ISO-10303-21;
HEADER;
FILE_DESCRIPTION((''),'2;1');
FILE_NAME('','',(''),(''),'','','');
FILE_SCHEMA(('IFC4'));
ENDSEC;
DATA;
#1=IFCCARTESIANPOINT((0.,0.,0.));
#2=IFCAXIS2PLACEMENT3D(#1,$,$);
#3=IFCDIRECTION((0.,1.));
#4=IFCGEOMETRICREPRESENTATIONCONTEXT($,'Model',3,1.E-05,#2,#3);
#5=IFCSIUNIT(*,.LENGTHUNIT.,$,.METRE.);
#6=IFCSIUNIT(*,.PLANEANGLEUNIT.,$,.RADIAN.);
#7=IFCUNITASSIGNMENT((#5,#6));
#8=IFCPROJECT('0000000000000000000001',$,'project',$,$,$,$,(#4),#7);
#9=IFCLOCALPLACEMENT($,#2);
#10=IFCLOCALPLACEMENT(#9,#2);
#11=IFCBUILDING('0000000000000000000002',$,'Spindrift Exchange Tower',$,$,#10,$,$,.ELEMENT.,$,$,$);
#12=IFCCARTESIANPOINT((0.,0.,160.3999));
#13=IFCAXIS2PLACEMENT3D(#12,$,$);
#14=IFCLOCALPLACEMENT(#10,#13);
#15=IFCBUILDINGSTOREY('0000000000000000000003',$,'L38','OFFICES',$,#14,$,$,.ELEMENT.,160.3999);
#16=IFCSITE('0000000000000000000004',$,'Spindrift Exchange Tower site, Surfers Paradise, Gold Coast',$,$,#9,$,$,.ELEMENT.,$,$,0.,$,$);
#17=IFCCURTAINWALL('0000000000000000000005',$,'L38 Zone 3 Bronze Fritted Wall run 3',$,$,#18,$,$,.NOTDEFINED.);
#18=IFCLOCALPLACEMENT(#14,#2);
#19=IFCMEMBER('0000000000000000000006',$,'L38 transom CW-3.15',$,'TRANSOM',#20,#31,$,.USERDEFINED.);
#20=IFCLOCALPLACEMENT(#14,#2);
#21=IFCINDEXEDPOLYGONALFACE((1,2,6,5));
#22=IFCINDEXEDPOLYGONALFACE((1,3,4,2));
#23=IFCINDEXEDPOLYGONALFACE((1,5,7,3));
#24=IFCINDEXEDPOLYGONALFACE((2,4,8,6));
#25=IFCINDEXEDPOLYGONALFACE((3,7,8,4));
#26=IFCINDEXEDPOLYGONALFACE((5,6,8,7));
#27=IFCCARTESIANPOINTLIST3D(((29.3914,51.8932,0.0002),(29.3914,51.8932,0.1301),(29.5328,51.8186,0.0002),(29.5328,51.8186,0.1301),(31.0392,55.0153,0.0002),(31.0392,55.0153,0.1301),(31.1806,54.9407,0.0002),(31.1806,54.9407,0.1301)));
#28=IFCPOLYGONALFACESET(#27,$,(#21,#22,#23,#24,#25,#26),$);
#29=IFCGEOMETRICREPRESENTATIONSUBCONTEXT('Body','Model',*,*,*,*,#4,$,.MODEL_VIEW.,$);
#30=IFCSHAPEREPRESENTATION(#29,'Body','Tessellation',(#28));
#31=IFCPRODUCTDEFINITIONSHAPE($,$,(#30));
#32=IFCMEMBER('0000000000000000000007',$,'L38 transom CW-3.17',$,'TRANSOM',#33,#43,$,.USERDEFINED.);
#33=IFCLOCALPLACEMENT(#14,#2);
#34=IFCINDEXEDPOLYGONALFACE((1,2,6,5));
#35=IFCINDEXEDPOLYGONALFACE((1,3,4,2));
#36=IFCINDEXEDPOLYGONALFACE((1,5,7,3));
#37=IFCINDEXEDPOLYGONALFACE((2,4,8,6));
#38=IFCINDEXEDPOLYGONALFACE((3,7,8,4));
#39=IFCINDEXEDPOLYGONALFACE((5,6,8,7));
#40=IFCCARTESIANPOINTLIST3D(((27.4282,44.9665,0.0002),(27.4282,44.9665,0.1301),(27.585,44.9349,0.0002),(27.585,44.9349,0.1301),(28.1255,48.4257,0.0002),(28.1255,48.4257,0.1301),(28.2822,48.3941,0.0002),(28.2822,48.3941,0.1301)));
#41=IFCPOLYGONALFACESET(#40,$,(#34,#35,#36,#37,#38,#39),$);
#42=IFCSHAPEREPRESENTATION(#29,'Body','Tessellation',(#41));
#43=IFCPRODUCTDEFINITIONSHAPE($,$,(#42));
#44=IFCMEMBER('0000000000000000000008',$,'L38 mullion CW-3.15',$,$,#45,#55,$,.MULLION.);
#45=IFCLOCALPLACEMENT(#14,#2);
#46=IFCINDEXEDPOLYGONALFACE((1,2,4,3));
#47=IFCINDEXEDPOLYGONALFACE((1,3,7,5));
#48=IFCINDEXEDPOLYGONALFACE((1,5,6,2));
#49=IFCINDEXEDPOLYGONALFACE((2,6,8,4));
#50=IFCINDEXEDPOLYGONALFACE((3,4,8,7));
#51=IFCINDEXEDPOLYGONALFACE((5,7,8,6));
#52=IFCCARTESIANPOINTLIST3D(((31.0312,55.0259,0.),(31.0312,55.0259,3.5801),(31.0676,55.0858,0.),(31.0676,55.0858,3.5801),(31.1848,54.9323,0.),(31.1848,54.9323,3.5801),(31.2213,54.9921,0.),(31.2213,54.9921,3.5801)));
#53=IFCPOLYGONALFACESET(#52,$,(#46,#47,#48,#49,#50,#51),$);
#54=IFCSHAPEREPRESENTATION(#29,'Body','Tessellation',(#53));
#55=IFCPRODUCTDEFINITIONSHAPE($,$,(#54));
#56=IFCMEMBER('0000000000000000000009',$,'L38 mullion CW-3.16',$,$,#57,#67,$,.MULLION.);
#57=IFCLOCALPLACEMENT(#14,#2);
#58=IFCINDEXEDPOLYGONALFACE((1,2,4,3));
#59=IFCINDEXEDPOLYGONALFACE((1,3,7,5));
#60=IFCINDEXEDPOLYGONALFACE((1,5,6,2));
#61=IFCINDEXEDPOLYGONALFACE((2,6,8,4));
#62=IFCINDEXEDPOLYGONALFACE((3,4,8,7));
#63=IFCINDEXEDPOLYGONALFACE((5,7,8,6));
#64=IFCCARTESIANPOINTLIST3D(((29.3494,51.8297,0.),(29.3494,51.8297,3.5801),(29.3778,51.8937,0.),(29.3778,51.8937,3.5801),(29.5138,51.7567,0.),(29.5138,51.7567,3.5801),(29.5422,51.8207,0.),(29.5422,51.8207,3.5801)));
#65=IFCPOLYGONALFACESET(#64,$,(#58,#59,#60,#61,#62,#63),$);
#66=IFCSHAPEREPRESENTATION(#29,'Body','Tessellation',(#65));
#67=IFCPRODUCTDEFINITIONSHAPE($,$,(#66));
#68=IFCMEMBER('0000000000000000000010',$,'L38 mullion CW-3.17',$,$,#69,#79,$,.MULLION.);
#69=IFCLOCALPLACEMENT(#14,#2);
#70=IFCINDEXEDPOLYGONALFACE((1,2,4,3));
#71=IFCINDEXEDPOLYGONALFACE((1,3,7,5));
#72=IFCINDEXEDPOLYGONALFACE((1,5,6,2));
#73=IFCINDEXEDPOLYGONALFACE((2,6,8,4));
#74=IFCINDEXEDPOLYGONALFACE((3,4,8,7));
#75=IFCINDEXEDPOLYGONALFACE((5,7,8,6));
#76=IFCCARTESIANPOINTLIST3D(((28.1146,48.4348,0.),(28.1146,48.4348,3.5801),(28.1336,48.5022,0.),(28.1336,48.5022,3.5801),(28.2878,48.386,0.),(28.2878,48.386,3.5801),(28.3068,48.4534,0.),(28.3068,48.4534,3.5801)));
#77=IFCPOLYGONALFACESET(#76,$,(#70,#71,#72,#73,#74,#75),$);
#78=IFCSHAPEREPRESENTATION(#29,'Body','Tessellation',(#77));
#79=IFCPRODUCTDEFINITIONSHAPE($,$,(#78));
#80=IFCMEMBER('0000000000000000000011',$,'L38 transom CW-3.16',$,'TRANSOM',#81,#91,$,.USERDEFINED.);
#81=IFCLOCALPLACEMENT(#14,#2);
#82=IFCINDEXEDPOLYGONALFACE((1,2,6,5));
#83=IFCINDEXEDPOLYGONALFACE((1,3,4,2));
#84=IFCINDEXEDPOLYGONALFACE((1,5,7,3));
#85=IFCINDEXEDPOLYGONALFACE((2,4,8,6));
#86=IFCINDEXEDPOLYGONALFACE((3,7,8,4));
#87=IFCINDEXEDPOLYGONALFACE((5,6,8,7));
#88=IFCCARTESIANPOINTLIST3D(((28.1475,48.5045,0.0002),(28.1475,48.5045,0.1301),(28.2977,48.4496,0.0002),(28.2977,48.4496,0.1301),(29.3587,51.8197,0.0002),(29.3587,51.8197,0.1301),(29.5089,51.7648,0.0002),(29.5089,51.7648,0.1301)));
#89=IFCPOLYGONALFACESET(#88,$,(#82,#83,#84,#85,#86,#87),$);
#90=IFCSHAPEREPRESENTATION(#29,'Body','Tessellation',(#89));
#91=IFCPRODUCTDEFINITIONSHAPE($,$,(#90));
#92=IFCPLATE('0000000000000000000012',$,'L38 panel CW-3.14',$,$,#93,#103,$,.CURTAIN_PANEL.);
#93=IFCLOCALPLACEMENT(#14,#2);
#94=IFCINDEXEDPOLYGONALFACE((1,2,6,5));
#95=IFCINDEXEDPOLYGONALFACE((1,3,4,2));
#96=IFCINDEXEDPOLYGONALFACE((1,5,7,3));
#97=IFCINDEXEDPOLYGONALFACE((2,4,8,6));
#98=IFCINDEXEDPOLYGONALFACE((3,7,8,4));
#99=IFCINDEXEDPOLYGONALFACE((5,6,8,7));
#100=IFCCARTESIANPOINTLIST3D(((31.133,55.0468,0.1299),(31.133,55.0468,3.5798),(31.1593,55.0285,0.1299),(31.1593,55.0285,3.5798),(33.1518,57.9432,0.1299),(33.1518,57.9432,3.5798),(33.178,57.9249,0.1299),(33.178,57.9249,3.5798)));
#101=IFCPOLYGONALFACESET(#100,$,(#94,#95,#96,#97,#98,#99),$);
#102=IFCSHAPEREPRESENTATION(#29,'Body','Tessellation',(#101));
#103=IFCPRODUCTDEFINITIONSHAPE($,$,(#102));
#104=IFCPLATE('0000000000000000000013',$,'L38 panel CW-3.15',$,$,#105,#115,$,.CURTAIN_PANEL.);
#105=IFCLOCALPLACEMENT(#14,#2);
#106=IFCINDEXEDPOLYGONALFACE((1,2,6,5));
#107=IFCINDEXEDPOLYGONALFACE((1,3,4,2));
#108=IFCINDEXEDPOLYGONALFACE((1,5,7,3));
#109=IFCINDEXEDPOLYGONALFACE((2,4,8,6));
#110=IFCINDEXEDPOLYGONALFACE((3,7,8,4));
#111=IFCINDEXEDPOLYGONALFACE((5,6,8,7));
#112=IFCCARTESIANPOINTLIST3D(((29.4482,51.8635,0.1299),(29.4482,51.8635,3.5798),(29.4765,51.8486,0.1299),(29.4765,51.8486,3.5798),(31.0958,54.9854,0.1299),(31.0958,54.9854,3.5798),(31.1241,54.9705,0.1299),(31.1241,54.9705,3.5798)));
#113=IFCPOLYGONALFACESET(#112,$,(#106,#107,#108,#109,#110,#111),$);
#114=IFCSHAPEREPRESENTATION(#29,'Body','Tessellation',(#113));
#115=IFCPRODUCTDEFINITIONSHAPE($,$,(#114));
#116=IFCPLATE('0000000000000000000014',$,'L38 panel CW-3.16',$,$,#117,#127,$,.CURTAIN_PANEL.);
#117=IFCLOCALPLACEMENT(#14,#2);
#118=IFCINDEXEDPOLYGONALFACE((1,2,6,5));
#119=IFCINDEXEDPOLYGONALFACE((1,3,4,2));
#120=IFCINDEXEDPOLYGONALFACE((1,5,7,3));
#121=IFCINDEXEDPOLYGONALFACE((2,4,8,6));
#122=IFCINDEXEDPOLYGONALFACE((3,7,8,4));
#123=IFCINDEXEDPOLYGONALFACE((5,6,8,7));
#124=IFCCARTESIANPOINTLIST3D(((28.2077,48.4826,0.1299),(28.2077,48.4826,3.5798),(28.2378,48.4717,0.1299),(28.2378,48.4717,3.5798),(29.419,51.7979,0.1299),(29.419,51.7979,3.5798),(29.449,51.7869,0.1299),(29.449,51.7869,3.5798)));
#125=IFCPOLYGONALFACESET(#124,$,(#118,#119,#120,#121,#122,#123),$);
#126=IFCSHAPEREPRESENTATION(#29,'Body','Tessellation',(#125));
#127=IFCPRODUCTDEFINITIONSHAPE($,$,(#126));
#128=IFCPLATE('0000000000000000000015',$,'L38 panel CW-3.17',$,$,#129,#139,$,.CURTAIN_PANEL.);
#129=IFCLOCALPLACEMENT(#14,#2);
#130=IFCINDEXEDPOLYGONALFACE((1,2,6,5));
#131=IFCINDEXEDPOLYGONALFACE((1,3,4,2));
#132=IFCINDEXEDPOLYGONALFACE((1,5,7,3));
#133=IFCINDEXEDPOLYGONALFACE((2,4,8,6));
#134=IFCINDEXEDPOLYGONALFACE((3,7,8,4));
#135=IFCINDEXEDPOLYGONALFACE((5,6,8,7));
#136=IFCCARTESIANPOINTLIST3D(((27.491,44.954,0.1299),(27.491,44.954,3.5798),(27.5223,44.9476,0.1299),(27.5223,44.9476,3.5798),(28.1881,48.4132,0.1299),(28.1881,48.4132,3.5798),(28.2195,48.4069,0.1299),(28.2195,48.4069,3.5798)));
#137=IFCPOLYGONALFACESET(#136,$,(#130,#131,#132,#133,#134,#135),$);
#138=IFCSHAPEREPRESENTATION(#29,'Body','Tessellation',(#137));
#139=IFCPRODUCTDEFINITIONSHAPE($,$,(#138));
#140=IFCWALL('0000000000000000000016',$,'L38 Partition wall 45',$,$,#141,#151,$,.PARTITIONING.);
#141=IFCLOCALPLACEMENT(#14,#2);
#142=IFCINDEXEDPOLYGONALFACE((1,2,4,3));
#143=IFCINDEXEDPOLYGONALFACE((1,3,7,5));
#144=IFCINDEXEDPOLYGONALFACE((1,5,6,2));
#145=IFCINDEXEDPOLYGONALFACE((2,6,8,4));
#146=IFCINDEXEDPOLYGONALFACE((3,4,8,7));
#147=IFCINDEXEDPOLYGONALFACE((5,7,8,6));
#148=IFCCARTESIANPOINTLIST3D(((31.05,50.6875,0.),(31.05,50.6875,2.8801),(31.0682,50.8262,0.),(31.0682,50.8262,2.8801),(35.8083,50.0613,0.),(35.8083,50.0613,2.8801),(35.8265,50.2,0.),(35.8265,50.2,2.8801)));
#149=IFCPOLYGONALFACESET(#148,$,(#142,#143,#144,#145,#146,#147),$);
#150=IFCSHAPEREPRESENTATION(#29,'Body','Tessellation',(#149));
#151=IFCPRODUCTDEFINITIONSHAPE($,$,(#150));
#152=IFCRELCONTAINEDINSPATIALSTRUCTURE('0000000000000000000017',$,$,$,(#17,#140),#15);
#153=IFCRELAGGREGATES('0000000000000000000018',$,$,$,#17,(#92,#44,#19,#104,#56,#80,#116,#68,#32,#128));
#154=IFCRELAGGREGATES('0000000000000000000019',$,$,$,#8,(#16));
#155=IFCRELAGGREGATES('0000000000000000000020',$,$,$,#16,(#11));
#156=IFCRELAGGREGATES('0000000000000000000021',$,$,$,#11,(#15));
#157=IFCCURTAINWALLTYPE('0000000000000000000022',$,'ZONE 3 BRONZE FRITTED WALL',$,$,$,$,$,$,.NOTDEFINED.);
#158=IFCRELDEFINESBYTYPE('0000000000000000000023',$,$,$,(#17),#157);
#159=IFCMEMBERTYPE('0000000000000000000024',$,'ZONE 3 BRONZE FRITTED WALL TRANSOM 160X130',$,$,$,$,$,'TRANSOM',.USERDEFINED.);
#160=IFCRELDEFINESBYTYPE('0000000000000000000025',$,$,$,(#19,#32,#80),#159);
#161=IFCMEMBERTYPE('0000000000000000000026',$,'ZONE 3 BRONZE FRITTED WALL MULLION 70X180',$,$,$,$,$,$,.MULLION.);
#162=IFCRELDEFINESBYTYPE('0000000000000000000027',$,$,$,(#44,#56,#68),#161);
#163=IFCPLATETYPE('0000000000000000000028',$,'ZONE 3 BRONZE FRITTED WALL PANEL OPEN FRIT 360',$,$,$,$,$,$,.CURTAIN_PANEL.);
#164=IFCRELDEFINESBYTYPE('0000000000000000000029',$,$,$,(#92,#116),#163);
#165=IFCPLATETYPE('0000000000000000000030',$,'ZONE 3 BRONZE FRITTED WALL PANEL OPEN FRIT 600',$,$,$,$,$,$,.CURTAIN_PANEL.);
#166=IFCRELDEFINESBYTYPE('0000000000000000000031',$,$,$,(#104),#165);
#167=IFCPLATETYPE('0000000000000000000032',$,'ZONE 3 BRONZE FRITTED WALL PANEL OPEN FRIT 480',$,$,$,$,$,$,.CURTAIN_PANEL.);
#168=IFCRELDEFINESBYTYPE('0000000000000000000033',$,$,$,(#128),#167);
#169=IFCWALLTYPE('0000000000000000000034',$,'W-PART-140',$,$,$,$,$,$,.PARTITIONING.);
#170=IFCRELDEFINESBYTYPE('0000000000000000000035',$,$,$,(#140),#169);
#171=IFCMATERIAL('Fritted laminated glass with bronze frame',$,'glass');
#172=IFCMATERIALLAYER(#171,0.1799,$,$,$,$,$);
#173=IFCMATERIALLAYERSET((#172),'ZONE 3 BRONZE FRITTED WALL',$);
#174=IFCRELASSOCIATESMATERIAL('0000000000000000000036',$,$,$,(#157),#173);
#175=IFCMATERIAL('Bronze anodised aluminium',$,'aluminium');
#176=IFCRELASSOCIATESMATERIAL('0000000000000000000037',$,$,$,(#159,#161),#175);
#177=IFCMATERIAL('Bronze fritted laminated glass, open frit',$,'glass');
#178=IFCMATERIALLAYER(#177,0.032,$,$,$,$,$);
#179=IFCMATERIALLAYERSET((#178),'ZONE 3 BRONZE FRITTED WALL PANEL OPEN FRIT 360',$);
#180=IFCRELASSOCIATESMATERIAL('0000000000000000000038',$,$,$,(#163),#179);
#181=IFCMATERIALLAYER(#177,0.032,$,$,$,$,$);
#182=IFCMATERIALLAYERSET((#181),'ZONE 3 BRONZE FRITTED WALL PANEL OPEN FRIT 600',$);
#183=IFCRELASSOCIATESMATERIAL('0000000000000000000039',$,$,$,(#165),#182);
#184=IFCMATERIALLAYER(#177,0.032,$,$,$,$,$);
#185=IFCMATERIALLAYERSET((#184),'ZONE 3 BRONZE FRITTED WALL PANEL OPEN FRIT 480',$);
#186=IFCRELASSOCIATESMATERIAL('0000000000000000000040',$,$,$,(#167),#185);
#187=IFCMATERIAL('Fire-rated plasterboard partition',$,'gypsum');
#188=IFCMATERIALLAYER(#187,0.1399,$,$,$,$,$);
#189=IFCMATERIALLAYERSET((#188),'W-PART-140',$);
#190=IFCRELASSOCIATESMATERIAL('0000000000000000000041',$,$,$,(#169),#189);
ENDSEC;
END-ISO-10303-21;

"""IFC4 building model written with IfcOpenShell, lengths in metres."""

from ifc_helpers import new_model, si_unit, direction, frame, frame_2d, origin, origin_2d, place, context, subcontext, project, spatial, rectangle, extrude, source, transform, mapped, material, layer, layer_set, material_profile, profile_set, type_object, element, aggregate, save


model = new_model("IFC4")

# Units and contexts
model_context = context("Model", 3, precision=1e-05, world=origin(), true_north=direction((0.0, 1.0)))
body_context = subcontext(model_context, "Body", "Model", "MODEL_VIEW")
ifc_project = project(units=[si_unit("LENGTHUNIT", "METRE"), si_unit("PLANEANGLEUNIT", "RADIAN")], contexts=[model_context])

# Site, building, storey
site_placement = place(None, origin())
site = spatial("IfcSite", under=ifc_project, at=site_placement, Name="Spindrift Exchange Tower site, Surfers Paradise, Gold Coast", CompositionType="ELEMENT", RefElevation=0.0)
building_placement = place(site_placement, origin())
building = spatial("IfcBuilding", under=site, at=building_placement, Name="Spindrift Exchange Tower", CompositionType="ELEMENT")
storey_placement = place(building_placement, frame((0.0, 0.0, 160.3999)))
storey = spatial("IfcBuildingStorey", under=building, at=storey_placement, Name="L38", Description="OFFICES", CompositionType="ELEMENT", Elevation=160.3999)

# Curtain wall, members, plates
ifc_material_1 = material(Name="Fritted laminated glass with bronze frame", Category="glass")
ifc_layer_1 = layer(ifc_material_1, 0.1799)
ifc_layer_set_1 = layer_set([ifc_layer_1], Name="ZONE 3 BRONZE FRITTED WALL")
curtain_wall_type = type_object("IfcCurtainWallType", Name="ZONE 3 BRONZE FRITTED WALL", PredefinedType="NOTDEFINED", material=ifc_layer_set_1)
curtain_wall_placement = place(storey_placement, origin())
curtain_wall = element("IfcCurtainWall", 1, at=curtain_wall_placement, inside=storey, type_object=curtain_wall_type, Name="L38 Zone 3 Bronze Fritted Wall run 3", PredefinedType="NOTDEFINED")
ifc_material_2 = material(Name="Bronze anodised aluminium", Category="aluminium")
ifc_material_profile_1 = material_profile(ifc_material_2, rectangle(XDim=0.1599, YDim=0.1299, at=origin_2d()), Name="ZONE 3 BRONZE FRITTED WALL TRANSOM 160X130")
ifc_profile_set_1 = profile_set([ifc_material_profile_1], Name="Bronze anodised aluminium")
member_type_1 = type_object("IfcMemberType", Name="ZONE 3 BRONZE FRITTED WALL TRANSOM 160X130", ElementType="TRANSOM", PredefinedType="USERDEFINED", material=ifc_profile_set_1)
shared_shape_1 = source(origin(), body_context, "Body", "SweptSolid", [
    extrude(rectangle(XDim=0.1599, YDim=0.1299, at=origin_2d()), origin(), (0.0, 0.0, 1.0), 3.5303),
])
member_1_placement = place(storey_placement, frame((31.1099, 54.978, 0.0652), z_axis=(-0.466747, -0.884391, 0.0), x_axis=(0.884391, -0.466747, 0.0)))
member_1 = element("IfcMember", 2, at=member_1_placement, type_object=member_type_1, Name="L38 transom CW-3.15", ObjectType="TRANSOM", PredefinedType="USERDEFINED", context=body_context, shape_type="MappedRepresentation", body=[
    mapped(shared_shape_1, transform((0.0, 0.0, 0.0), scale=1.0)),
])
shared_shape_2 = source(origin(), body_context, "Body", "SweptSolid", [
    extrude(rectangle(XDim=0.1599, YDim=0.1299, at=origin_2d()), origin(), (0.0, 0.0, 1.0), 3.5288),
])
member_2_placement = place(storey_placement, frame((28.2039, 48.4099, 0.0652), z_axis=(-0.197593, -0.980284, 0.0), x_axis=(0.980284, -0.197593, 0.0)))
member_2 = element("IfcMember", 3, at=member_2_placement, type_object=member_type_1, Name="L38 transom CW-3.17", ObjectType="TRANSOM", PredefinedType="USERDEFINED", context=body_context, shape_type="MappedRepresentation", body=[
    mapped(shared_shape_2, transform((0.0, 0.0, 0.0), scale=1.0)),
])
ifc_material_profile_2 = material_profile(ifc_material_2, rectangle(XDim=0.0701, YDim=0.1799, at=origin_2d()), Name="ZONE 3 BRONZE FRITTED WALL MULLION 70X180")
ifc_profile_set_2 = profile_set([ifc_material_profile_2], Name="Bronze anodised aluminium")
member_type_2 = type_object("IfcMemberType", Name="ZONE 3 BRONZE FRITTED WALL MULLION 70X180", PredefinedType="MULLION", material=ifc_profile_set_2)
shared_shape_3 = source(origin(), body_context, "Body", "SweptSolid", [
    extrude(rectangle(XDim=0.0701, YDim=0.1799, at=origin_2d()), origin(), (0.0, 0.0, 1.0), 3.5801),
])
member_3_placement = place(storey_placement, frame((31.1262, 55.009, 0.0), z_axis=(0.0, 0.0, 1.0), x_axis=(-0.52025, -0.854014, 0.0)))
member_3 = element("IfcMember", 4, at=member_3_placement, type_object=member_type_2, Name="L38 mullion CW-3.15", PredefinedType="MULLION", context=body_context, shape_type="MappedRepresentation", body=[
    mapped(shared_shape_3, transform((0.0, 0.0, 0.0), scale=1.0)),
])
member_4_placement = place(storey_placement, frame((29.4458, 51.8252, 0.0), z_axis=(0.0, 0.0, 1.0), x_axis=(-0.405879, -0.913927, 0.0)))
member_4 = element("IfcMember", 5, at=member_4_placement, type_object=member_type_2, Name="L38 mullion CW-3.16", PredefinedType="MULLION", context=body_context, shape_type="MappedRepresentation", body=[
    mapped(shared_shape_3, transform((0.0, 0.0, 0.0), scale=1.0)),
])
member_5_placement = place(storey_placement, frame((28.2107, 48.4441, 0.0), z_axis=(0.0, 0.0, 1.0), x_axis=(-0.271142, -0.962539, 0.0)))
member_5 = element("IfcMember", 6, at=member_5_placement, type_object=member_type_2, Name="L38 mullion CW-3.17", PredefinedType="MULLION", context=body_context, shape_type="MappedRepresentation", body=[
    mapped(shared_shape_3, transform((0.0, 0.0, 0.0), scale=1.0)),
])
shared_shape_4 = source(origin(), body_context, "Body", "SweptSolid", [
    extrude(rectangle(XDim=0.1599, YDim=0.1299, at=origin_2d()), origin(), (0.0, 0.0, 1.0), 3.5295),
])
member_6_placement = place(storey_placement, frame((29.4338, 51.7922, 0.0652), z_axis=(-0.343159, -0.939277, 0.0), x_axis=(0.939277, -0.343159, 0.0)))
member_6 = element("IfcMember", 7, at=member_6_placement, type_object=member_type_1, Name="L38 transom CW-3.16", ObjectType="TRANSOM", PredefinedType="USERDEFINED", context=body_context, shape_type="MappedRepresentation", body=[
    mapped(shared_shape_4, transform((0.0, 0.0, 0.0), scale=1.0)),
])
ifc_material_3 = material(Name="Bronze fritted laminated glass, open frit", Category="glass")
ifc_layer_2 = layer(ifc_material_3, 0.032)
ifc_layer_set_2 = layer_set([ifc_layer_2], Name="ZONE 3 BRONZE FRITTED WALL PANEL OPEN FRIT 360")
plate_type_1 = type_object("IfcPlateType", Name="ZONE 3 BRONZE FRITTED WALL PANEL OPEN FRIT 360", PredefinedType="CURTAIN_PANEL", material=ifc_layer_set_2)
shared_shape_5 = source(origin(), body_context, "Body", "SweptSolid", [
    extrude(rectangle(XDim=3.5305, YDim=0.032, at=origin_2d()), origin(), (0.0, 0.0, 1.0), 3.45),
])
plate_1_placement = place(storey_placement, frame((32.1555, 56.4858, 0.1299), z_axis=(0.0, 0.0, 1.0), x_axis=(-0.571791, -0.820399, 0.0)))
plate_1 = element("IfcPlate", 8, at=plate_1_placement, type_object=plate_type_1, Name="L38 panel CW-3.14", PredefinedType="CURTAIN_PANEL", context=body_context, shape_type="MappedRepresentation", body=[
    mapped(shared_shape_5, transform((0.0, 0.0, 0.0), scale=1.0)),
])
ifc_layer_3 = layer(ifc_material_3, 0.032)
ifc_layer_set_3 = layer_set([ifc_layer_3], Name="ZONE 3 BRONZE FRITTED WALL PANEL OPEN FRIT 600")
plate_type_2 = type_object("IfcPlateType", Name="ZONE 3 BRONZE FRITTED WALL PANEL OPEN FRIT 600", PredefinedType="CURTAIN_PANEL", material=ifc_layer_set_3)
shared_shape_6 = source(origin(), body_context, "Body", "SweptSolid", [
    extrude(rectangle(XDim=3.53, YDim=0.032, at=origin_2d()), origin(), (0.0, 0.0, 1.0), 3.45),
])
plate_2_placement = place(storey_placement, frame((30.2861, 53.417, 0.1299), z_axis=(0.0, 0.0, 1.0), x_axis=(-0.466739, -0.884395, 0.0)))
plate_2 = element("IfcPlate", 9, at=plate_2_placement, type_object=plate_type_2, Name="L38 panel CW-3.15", PredefinedType="CURTAIN_PANEL", context=body_context, shape_type="MappedRepresentation", body=[
    mapped(shared_shape_6, transform((0.0, 0.0, 0.0), scale=1.0)),
])
shared_shape_7 = source(origin(), body_context, "Body", "SweptSolid", [
    extrude(rectangle(XDim=3.5295, YDim=0.032, at=origin_2d()), origin(), (0.0, 0.0, 1.0), 3.45),
])
plate_3_placement = place(storey_placement, frame((28.8284, 50.1348, 0.1299), z_axis=(0.0, 0.0, 1.0), x_axis=(-0.343161, -0.939276, 0.0)))
plate_3 = element("IfcPlate", 10, at=plate_3_placement, type_object=plate_type_1, Name="L38 panel CW-3.16", PredefinedType="CURTAIN_PANEL", context=body_context, shape_type="MappedRepresentation", body=[
    mapped(shared_shape_7, transform((0.0, 0.0, 0.0), scale=1.0)),
])
ifc_layer_4 = layer(ifc_material_3, 0.032)
ifc_layer_set_4 = layer_set([ifc_layer_4], Name="ZONE 3 BRONZE FRITTED WALL PANEL OPEN FRIT 480")
plate_type_3 = type_object("IfcPlateType", Name="ZONE 3 BRONZE FRITTED WALL PANEL OPEN FRIT 480", PredefinedType="CURTAIN_PANEL", material=ifc_layer_set_4)
shared_shape_8 = source(origin(), body_context, "Body", "SweptSolid", [
    extrude(rectangle(XDim=3.5288, YDim=0.032, at=origin_2d()), origin(), (0.0, 0.0, 1.0), 3.45),
])
plate_4_placement = place(storey_placement, frame((27.8552, 46.6804, 0.1299), z_axis=(0.0, 0.0, 1.0), x_axis=(-0.19757, -0.980289, 0.0)))
plate_4 = element("IfcPlate", 11, at=plate_4_placement, type_object=plate_type_3, Name="L38 panel CW-3.17", PredefinedType="CURTAIN_PANEL", context=body_context, shape_type="MappedRepresentation", body=[
    mapped(shared_shape_8, transform((0.0, 0.0, 0.0), scale=1.0)),
])
aggregate(curtain_wall, [plate_1, member_3, member_1, plate_2, member_4, member_6, plate_3, member_5, member_2, plate_4])

# Wall
ifc_material_4 = material(Name="Fire-rated plasterboard partition", Category="gypsum")
ifc_layer_5 = layer(ifc_material_4, 0.1399)
ifc_layer_set_5 = layer_set([ifc_layer_5], Name="W-PART-140")
wall_type = type_object("IfcWallType", Name="W-PART-140", PredefinedType="PARTITIONING", material=ifc_layer_set_5)
wall_1_placement = place(storey_placement, frame((35.8174, 50.1306, 0.0), z_axis=(0.0, 0.0, 1.0), x_axis=(-0.991451, 0.130481, 0.0)))
element("IfcWall", 12, at=wall_1_placement, inside=storey, type_object=wall_type, Name="L38 Partition wall 45", PredefinedType="PARTITIONING", context=body_context, shape_type="SweptSolid", body=[
    extrude(rectangle(XDim=4.7993, YDim=0.1399, at=frame_2d((2.3997, 0.0))), origin(), (0.0, 0.0, 1.0), 2.8801),
])

save(model, "model.ifc")
